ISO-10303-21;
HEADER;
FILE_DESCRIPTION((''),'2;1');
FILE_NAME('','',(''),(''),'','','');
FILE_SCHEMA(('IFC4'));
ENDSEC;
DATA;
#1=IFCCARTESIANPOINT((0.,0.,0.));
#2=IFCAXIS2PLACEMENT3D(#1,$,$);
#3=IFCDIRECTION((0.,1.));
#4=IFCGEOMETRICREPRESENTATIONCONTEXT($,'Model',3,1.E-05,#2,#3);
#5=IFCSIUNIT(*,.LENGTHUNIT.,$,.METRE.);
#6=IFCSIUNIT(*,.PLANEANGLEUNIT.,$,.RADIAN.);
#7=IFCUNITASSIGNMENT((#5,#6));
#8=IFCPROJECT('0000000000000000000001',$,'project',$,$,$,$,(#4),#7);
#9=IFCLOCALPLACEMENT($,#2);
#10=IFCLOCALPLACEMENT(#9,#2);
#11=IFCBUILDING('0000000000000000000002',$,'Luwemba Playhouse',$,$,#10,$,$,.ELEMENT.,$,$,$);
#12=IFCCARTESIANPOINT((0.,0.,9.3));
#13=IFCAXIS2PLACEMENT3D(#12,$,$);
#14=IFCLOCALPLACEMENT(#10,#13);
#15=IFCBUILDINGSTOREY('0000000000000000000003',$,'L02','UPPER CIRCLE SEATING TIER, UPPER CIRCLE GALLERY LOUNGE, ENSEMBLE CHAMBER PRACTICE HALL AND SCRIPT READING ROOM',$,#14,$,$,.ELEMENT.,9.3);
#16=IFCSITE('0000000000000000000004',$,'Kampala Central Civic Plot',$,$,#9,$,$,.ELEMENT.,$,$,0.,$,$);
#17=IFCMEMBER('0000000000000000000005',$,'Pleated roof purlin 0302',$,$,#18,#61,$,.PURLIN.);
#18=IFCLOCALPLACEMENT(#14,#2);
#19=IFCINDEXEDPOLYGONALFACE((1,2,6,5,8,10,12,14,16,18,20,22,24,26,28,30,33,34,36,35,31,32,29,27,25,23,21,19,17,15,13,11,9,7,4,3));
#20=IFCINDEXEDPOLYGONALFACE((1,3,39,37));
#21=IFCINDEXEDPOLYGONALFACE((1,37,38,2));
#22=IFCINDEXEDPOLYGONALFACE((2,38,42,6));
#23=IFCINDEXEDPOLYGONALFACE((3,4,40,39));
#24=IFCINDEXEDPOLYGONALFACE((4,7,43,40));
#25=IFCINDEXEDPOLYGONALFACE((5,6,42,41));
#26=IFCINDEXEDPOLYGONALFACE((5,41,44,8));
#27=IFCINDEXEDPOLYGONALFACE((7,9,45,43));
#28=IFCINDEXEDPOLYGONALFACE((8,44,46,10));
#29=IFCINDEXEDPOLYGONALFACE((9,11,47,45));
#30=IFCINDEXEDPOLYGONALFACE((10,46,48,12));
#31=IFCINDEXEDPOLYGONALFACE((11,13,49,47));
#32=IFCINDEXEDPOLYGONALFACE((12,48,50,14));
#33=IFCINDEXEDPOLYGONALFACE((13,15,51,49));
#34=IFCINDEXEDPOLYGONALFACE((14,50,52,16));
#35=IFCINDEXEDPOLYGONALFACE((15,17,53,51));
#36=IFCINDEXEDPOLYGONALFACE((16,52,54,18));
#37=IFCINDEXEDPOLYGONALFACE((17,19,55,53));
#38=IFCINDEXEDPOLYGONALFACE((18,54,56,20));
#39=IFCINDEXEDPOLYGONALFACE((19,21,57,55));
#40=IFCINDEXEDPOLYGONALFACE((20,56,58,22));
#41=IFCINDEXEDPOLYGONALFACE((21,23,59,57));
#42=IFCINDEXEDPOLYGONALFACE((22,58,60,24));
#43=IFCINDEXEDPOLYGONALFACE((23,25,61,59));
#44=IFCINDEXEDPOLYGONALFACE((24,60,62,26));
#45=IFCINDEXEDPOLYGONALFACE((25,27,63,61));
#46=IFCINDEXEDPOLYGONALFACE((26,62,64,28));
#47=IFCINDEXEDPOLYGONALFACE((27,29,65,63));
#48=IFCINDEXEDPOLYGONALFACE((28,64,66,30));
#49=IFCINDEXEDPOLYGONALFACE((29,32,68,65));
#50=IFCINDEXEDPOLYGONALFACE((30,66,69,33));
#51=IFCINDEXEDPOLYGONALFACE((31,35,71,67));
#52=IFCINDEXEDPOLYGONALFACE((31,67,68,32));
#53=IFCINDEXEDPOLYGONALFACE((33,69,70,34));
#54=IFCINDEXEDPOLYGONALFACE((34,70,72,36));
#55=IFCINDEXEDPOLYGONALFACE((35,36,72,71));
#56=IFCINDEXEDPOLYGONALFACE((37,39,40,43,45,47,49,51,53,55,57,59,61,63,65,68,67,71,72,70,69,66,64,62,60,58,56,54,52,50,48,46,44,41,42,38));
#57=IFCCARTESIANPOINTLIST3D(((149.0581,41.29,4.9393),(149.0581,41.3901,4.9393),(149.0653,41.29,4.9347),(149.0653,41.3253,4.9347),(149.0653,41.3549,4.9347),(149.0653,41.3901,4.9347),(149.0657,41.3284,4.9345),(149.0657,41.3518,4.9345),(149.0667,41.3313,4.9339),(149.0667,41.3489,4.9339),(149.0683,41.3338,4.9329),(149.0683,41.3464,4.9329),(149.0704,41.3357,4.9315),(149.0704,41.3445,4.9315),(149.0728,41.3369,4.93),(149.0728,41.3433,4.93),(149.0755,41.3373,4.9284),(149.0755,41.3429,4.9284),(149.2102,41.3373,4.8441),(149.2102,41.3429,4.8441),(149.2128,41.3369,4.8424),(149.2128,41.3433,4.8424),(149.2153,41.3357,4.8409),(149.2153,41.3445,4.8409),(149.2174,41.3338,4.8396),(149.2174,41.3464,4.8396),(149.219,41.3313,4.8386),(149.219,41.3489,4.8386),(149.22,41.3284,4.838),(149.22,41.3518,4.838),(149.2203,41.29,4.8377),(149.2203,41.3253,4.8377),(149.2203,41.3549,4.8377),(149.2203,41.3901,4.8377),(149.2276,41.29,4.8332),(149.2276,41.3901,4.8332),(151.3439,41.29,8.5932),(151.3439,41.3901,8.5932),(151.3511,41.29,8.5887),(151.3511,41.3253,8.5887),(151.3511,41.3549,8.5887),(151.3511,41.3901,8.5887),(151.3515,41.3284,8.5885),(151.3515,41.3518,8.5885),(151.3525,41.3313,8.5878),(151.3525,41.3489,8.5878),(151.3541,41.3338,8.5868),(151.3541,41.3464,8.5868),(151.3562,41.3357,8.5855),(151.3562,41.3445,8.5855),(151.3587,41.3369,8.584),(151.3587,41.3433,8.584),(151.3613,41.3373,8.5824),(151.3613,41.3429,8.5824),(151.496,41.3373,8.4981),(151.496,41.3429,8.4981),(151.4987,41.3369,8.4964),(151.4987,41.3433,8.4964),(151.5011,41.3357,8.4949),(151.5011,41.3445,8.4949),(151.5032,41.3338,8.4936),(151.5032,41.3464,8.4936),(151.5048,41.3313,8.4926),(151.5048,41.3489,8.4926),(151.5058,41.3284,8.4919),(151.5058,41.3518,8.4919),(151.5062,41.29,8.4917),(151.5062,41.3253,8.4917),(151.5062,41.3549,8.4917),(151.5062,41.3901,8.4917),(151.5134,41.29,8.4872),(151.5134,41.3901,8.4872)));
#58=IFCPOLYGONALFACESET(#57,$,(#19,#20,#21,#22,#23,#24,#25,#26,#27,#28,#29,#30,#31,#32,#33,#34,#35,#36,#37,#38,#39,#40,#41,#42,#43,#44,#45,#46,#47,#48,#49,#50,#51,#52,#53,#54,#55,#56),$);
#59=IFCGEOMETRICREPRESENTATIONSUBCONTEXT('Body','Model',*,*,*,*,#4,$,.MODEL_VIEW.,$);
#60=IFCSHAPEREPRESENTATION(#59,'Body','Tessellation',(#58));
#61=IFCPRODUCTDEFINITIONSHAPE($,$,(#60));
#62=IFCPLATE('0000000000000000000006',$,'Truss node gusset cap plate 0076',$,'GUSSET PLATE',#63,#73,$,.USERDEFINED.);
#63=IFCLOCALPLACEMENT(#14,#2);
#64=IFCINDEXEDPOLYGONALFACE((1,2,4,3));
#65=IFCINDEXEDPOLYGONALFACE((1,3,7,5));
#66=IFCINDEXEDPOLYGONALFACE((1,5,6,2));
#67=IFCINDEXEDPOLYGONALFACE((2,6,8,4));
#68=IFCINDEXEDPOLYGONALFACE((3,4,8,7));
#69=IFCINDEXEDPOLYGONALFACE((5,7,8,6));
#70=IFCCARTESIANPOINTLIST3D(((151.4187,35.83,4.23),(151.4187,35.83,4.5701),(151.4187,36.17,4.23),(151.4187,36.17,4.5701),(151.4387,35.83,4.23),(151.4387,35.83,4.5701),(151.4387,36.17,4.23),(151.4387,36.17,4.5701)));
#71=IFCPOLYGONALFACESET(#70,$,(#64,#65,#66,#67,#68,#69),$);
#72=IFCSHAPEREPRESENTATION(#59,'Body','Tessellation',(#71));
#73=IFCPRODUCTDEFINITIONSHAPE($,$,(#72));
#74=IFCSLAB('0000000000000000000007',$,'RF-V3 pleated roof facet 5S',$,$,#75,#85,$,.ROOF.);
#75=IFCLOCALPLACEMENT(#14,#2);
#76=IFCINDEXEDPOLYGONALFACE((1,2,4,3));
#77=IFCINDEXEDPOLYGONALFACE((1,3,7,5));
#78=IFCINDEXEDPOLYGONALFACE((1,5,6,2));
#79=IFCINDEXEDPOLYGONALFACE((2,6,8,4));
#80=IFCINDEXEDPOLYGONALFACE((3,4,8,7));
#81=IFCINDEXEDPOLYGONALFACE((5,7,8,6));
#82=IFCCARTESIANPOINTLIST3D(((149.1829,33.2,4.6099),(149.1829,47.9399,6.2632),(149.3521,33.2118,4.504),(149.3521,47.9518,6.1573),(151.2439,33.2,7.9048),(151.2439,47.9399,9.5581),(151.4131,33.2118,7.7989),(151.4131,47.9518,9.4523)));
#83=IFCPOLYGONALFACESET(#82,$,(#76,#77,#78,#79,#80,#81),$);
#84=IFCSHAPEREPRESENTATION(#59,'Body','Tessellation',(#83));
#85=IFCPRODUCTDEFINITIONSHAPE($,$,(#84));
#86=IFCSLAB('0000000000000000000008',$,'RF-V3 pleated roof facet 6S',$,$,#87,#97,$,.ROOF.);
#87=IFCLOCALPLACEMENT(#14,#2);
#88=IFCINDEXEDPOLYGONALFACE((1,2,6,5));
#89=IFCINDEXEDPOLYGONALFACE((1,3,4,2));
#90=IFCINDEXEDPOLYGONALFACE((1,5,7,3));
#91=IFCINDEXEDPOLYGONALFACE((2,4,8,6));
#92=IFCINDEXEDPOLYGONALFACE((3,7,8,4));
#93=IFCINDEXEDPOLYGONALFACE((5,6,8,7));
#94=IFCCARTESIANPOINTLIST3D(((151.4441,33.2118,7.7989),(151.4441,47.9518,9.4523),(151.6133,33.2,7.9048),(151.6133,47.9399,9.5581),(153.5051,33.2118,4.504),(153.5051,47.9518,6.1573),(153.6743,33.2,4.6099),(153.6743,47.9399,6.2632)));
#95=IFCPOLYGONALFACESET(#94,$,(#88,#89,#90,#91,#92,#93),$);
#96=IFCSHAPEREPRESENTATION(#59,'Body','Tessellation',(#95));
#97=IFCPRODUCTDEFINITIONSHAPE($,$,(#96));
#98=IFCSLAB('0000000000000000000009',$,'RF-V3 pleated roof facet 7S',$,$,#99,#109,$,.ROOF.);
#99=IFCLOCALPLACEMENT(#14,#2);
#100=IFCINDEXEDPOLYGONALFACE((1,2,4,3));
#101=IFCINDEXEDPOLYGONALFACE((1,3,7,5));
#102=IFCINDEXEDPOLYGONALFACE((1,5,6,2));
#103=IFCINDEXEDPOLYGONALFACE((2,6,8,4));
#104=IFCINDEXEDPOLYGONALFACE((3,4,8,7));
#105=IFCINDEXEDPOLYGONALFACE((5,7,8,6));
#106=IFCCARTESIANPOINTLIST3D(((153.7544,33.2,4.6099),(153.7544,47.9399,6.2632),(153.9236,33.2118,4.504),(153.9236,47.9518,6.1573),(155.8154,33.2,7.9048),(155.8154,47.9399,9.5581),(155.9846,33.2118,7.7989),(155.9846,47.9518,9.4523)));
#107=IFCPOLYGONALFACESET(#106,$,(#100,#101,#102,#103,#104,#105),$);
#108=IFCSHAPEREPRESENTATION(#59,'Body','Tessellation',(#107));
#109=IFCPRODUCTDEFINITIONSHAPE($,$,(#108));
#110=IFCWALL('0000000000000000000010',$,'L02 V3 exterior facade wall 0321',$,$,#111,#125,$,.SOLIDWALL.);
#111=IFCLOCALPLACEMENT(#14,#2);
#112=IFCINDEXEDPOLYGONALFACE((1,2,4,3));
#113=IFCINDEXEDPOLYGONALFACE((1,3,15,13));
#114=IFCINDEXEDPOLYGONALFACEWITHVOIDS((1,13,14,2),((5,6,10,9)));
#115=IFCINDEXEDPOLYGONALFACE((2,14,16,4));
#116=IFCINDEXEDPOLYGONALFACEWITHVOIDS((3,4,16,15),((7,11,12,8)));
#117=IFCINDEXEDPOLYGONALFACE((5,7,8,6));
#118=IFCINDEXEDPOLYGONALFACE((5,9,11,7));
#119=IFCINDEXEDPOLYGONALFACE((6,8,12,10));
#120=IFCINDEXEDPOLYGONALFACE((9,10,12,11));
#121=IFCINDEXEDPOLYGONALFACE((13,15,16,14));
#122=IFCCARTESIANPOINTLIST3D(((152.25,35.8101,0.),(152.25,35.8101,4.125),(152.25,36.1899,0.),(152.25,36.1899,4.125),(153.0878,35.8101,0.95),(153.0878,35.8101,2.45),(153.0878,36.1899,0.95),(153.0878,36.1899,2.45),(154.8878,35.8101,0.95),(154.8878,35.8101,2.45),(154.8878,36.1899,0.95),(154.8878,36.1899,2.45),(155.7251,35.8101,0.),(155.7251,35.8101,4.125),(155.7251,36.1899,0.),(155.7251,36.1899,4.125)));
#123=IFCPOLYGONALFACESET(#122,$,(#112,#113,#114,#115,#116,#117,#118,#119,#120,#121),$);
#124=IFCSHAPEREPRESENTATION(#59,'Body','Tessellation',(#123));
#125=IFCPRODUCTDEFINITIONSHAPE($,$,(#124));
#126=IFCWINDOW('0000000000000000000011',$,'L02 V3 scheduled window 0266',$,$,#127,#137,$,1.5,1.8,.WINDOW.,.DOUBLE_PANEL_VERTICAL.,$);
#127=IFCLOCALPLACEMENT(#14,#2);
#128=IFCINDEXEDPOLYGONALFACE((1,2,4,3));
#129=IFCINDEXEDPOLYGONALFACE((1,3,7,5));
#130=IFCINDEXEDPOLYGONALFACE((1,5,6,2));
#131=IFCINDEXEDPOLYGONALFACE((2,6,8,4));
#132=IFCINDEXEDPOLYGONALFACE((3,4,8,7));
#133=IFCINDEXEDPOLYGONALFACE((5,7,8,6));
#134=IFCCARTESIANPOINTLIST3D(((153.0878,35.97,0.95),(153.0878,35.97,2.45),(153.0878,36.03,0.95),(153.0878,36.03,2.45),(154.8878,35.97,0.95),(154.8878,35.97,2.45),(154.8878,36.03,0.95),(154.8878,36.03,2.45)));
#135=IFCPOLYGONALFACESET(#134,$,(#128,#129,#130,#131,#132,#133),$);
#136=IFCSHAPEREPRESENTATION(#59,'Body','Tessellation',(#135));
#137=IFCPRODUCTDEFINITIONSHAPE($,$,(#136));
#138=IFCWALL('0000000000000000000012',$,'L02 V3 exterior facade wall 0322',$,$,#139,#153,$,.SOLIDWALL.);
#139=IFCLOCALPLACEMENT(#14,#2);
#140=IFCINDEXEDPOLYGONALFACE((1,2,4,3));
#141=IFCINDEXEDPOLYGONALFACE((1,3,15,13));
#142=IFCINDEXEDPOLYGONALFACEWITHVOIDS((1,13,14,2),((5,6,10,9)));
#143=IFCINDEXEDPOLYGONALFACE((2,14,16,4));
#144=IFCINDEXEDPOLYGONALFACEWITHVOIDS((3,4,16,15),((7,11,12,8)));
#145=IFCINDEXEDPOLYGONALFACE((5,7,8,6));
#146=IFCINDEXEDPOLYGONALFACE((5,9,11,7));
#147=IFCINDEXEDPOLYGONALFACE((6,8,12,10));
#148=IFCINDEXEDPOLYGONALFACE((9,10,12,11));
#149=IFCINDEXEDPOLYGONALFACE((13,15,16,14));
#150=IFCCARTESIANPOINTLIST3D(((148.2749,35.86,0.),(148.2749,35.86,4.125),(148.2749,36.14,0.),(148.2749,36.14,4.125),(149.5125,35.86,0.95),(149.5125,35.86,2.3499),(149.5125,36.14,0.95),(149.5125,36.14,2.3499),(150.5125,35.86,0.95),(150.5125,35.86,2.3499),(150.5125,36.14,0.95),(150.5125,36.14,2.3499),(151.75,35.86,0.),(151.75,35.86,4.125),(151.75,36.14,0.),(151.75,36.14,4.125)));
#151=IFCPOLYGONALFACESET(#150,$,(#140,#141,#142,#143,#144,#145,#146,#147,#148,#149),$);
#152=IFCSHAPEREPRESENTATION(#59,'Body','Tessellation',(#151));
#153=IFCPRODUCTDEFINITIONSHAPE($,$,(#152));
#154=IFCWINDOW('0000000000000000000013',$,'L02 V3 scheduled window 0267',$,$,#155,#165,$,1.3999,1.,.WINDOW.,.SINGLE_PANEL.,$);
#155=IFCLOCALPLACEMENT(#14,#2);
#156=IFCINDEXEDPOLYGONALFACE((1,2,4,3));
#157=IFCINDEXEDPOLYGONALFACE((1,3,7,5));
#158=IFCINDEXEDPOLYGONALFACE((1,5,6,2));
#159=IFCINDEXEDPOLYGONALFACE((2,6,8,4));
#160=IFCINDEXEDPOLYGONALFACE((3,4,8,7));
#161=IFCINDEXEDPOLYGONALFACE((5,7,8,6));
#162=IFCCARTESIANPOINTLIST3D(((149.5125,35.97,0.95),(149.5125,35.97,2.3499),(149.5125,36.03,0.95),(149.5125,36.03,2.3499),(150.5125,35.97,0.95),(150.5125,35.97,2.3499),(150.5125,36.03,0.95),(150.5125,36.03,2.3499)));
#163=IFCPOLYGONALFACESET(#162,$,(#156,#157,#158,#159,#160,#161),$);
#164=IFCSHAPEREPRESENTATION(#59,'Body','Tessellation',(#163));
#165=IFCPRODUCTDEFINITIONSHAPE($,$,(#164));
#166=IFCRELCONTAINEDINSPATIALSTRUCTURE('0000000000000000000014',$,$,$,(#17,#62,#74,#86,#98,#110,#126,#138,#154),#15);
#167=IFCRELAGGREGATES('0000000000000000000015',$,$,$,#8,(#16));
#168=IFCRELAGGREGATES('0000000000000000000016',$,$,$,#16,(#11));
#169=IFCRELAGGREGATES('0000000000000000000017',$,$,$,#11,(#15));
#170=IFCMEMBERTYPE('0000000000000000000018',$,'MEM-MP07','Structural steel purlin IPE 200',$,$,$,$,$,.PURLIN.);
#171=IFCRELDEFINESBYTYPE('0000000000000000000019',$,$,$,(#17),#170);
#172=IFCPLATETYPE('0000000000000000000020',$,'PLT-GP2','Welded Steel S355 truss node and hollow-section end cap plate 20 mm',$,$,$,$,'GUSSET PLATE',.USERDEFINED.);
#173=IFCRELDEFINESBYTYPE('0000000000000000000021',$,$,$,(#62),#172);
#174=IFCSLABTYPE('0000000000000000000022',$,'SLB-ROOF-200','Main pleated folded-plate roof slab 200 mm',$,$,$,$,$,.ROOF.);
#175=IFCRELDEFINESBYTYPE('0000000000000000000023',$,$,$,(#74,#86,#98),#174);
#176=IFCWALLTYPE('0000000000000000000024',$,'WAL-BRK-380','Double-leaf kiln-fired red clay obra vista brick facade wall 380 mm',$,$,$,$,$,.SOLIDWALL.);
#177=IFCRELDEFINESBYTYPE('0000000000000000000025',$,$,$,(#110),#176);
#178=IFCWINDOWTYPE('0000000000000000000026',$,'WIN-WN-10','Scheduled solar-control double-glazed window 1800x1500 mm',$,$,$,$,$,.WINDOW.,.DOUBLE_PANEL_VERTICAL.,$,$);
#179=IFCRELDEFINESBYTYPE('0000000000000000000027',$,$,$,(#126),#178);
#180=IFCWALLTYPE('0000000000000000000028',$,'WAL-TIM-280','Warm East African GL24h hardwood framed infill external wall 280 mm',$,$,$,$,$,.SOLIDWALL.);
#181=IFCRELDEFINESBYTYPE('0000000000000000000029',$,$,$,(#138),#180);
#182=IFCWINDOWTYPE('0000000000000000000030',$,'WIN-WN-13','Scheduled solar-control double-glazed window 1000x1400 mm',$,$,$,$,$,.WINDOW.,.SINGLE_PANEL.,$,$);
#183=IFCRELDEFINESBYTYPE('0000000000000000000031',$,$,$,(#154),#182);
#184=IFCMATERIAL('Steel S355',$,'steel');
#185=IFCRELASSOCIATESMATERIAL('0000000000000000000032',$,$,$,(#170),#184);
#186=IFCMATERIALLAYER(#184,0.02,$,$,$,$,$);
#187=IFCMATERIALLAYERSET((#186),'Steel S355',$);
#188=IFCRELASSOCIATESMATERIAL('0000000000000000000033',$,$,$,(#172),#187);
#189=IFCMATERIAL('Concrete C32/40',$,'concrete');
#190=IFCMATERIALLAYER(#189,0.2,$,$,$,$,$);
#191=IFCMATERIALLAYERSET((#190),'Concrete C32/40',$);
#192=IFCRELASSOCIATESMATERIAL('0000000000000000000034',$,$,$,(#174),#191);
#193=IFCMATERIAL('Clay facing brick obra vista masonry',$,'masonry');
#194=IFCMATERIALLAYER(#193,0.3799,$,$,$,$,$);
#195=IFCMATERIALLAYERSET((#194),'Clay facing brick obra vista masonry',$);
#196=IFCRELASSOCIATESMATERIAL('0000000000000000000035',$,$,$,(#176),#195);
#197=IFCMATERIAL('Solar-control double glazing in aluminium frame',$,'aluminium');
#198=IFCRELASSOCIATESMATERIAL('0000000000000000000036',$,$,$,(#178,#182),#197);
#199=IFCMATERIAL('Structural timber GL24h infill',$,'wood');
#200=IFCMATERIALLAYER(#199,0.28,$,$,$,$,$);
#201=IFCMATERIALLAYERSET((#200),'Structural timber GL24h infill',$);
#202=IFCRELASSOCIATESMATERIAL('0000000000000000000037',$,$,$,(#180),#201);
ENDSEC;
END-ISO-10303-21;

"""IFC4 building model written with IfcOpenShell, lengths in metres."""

from ifc_helpers import new_model, si_unit, direction, frame, frame_2d, origin, origin_2d, place, context, subcontext, project, spatial, polyline, rectangle, i_section, outline, extrude, material, layer, layer_set, material_profile, profile_set, type_object, element, fill, save


model = new_model("IFC4")

# Units and contexts
model_context = context("Model", 3, precision=1e-05, world=origin(), true_north=direction((0.0, 1.0)))
body_context = subcontext(model_context, "Body", "Model", "MODEL_VIEW")
ifc_project = project(units=[si_unit("LENGTHUNIT", "METRE"), si_unit("PLANEANGLEUNIT", "RADIAN")], contexts=[model_context])

# Site, building, storey
site_placement = place(None, origin())
site = spatial("IfcSite", under=ifc_project, at=site_placement, Name="Kampala Central Civic Plot", CompositionType="ELEMENT", RefElevation=0.0)
building_placement = place(site_placement, origin())
building = spatial("IfcBuilding", under=site, at=building_placement, Name="Luwemba Playhouse", CompositionType="ELEMENT")
storey_placement = place(building_placement, frame((0.0, 0.0, 9.3)))
storey = spatial("IfcBuildingStorey", under=building, at=storey_placement, Name="L02", Description="UPPER CIRCLE SEATING TIER, UPPER CIRCLE GALLERY LOUNGE, ENSEMBLE CHAMBER PRACTICE HALL AND SCRIPT READING ROOM", CompositionType="ELEMENT", Elevation=9.3)

# Shared definitions
ifc_material_1 = material(Name="Steel S355", Category="steel")

# Member
ifc_material_profile_1 = material_profile(ifc_material_1, i_section(OverallWidth=0.1001, OverallDepth=0.2, WebThickness=0.0056, FlangeThickness=0.0085, FilletRadius=0.012, at=origin_2d()))
ifc_profile_set_1 = profile_set([ifc_material_profile_1], Name="Steel S355")
member_type_1 = type_object("IfcMemberType", Name="MEM-MP07", Description="Structural steel purlin IPE 200", PredefinedType="PURLIN", material=ifc_profile_set_1)
member_1_placement = place(storey_placement, frame((149.1428, 41.3401, 4.8862), z_axis=(0.53035, 0.0, 0.847779), x_axis=(0.0, 1.0, 0.0)))
element("IfcMember", 1, at=member_1_placement, inside=storey, type_object=member_type_1, Name="Pleated roof purlin 0302", PredefinedType="PURLIN", context=body_context, shape_type="SweptSolid", body=[
    extrude(i_section(OverallWidth=0.1001, OverallDepth=0.2, WebThickness=0.0056, FlangeThickness=0.0085, FilletRadius=0.012, at=origin_2d()), origin(), (0.0, 0.0, 1.0), 4.3101),
])

# Plate
ifc_layer_1 = layer(ifc_material_1, 0.02)
ifc_layer_set_1 = layer_set([ifc_layer_1], Name="Steel S355")
plate_type = type_object("IfcPlateType", Name="PLT-GP2", Description="Welded Steel S355 truss node and hollow-section end cap plate 20 mm", ElementType="GUSSET PLATE", PredefinedType="USERDEFINED", material=ifc_layer_set_1)
plate_placement = place(storey_placement, frame((151.4287, 36.0, 4.23), z_axis=(0.0, 0.0, 1.0), x_axis=(1.0, 0.0, 0.0)))
element("IfcPlate", 2, at=plate_placement, inside=storey, type_object=plate_type, Name="Truss node gusset cap plate 0076", ObjectType="GUSSET PLATE", PredefinedType="USERDEFINED", context=body_context, shape_type="SweptSolid", body=[
    extrude(rectangle(XDim=0.02, YDim=0.3401, at=origin_2d()), origin(), (0.0, 0.0, 1.0), 0.3401),
])

# Slabs
ifc_material_2 = material(Name="Concrete C32/40", Category="concrete")
ifc_layer_2 = layer(ifc_material_2, 0.2)
ifc_layer_set_2 = layer_set([ifc_layer_2], Name="Concrete C32/40")
slab_type = type_object("IfcSlabType", Name="SLB-ROOF-200", Description="Main pleated folded-plate roof slab 200 mm", PredefinedType="ROOF", material=ifc_layer_set_2)
slab_1_placement = place(storey_placement, frame((149.1829, 33.2, 4.6099), z_axis=(-0.846305, -0.059378, 0.529379), x_axis=(0.530315, 0.0, 0.847801)))
element("IfcSlab", 3, at=slab_1_placement, inside=storey, type_object=slab_type, Name="RF-V3 pleated roof facet 5S", PredefinedType="ROOF", context=body_context, shape_type="SweptSolid", body=[
    extrude(outline(polyline([(0.0, 0.0), (3.8864, 0.0), (5.2881, 14.766), (1.4017, 14.766), (0.0, 0.0)])), origin(), (0.0, 0.0, -1.0), 0.2),
])
slab_2_placement = place(storey_placement, frame((151.6133, 33.2, 7.9048), z_axis=(0.846305, -0.059378, 0.529379), x_axis=(0.530315, 0.0, -0.847801)))
element("IfcSlab", 4, at=slab_2_placement, inside=storey, type_object=slab_type, Name="RF-V3 pleated roof facet 6S", PredefinedType="ROOF", context=body_context, shape_type="SweptSolid", body=[
    extrude(outline(polyline([(0.0, 0.0), (3.8864, 0.0), (2.4847, 14.766), (-1.4017, 14.766), (0.0, 0.0)])), origin(), (0.0, 0.0, -1.0), 0.2),
])
slab_3_placement = place(storey_placement, frame((153.7544, 33.2, 4.6099), z_axis=(-0.846305, -0.059378, 0.529379), x_axis=(0.530315, 0.0, 0.847801)))
element("IfcSlab", 5, at=slab_3_placement, inside=storey, type_object=slab_type, Name="RF-V3 pleated roof facet 7S", PredefinedType="ROOF", context=body_context, shape_type="SweptSolid", body=[
    extrude(outline(polyline([(0.0, 0.0), (3.8864, 0.0), (5.2881, 14.766), (1.4017, 14.766), (0.0, 0.0)])), origin(), (0.0, 0.0, -1.0), 0.2),
])

# Walls, openings, windows
ifc_material_3 = material(Name="Clay facing brick obra vista masonry", Category="masonry")
ifc_layer_3 = layer(ifc_material_3, 0.3799)
ifc_layer_set_3 = layer_set([ifc_layer_3], Name="Clay facing brick obra vista masonry")
wall_type_1 = type_object("IfcWallType", Name="WAL-BRK-380", Description="Double-leaf kiln-fired red clay obra vista brick facade wall 380 mm", PredefinedType="SOLIDWALL", material=ifc_layer_set_3)
wall_1_placement = place(storey_placement, frame((155.7251, 36.0, 0.0), z_axis=(0.0, 0.0, 1.0), x_axis=(-1.0, 0.0, 0.0)))
wall_1 = element("IfcWall", 6, at=wall_1_placement, inside=storey, type_object=wall_type_1, Name="L02 V3 exterior facade wall 0321", PredefinedType="SOLIDWALL", context=body_context, shape_type="SweptSolid", body=[
    extrude(rectangle(XDim=3.4751, YDim=0.3799, at=frame_2d((1.7375, 0.0))), origin(), (0.0, 0.0, 1.0), 4.125),
])
opening_1_placement = place(wall_1_placement, frame((0.8374, 0.0, 0.95)))
opening_1 = element("IfcOpeningElement", 7, at=opening_1_placement, cuts=wall_1, PredefinedType="OPENING", context=body_context, shape_type="SweptSolid", body=[
    extrude(rectangle(XDim=1.8, YDim=1.5, at=frame_2d((0.8999, 0.75))), frame((0.0, 0.2, 0.0), z_axis=(0.0, -1.0, 0.0), x_axis=(1.0, 0.0, 0.0)), (0.0, 0.0, 1.0), 0.3999),
])
ifc_material_4 = material(Name="Solar-control double glazing in aluminium frame", Category="aluminium")
window_type_1 = type_object("IfcWindowType", Name="WIN-WN-10", Description="Scheduled solar-control double-glazed window 1800x1500 mm", PartitioningType="DOUBLE_PANEL_VERTICAL", PredefinedType="WINDOW", material=ifc_material_4)
window_1_placement = place(opening_1_placement, origin())
window_1 = element("IfcWindow", 8, at=window_1_placement, inside=storey, type_object=window_type_1, Name="L02 V3 scheduled window 0266", OverallHeight=1.5, OverallWidth=1.8, PartitioningType="DOUBLE_PANEL_VERTICAL", PredefinedType="WINDOW", context=body_context, shape_type="SweptSolid", body=[
    extrude(rectangle(XDim=1.8, YDim=1.5, at=frame_2d((0.8999, 0.75))), frame((0.0, 0.03, 0.0), z_axis=(0.0, -1.0, 0.0), x_axis=(1.0, 0.0, 0.0)), (0.0, 0.0, 1.0), 0.0601),
])
fill(opening_1, window_1)
ifc_material_5 = material(Name="Structural timber GL24h infill", Category="wood")
ifc_layer_4 = layer(ifc_material_5, 0.28)
ifc_layer_set_4 = layer_set([ifc_layer_4], Name="Structural timber GL24h infill")
wall_type_2 = type_object("IfcWallType", Name="WAL-TIM-280", Description="Warm East African GL24h hardwood framed infill external wall 280 mm", PredefinedType="SOLIDWALL", material=ifc_layer_set_4)
wall_2_placement = place(storey_placement, frame((151.75, 36.0, 0.0), z_axis=(0.0, 0.0, 1.0), x_axis=(-1.0, 0.0, 0.0)))
wall_2 = element("IfcWall", 9, at=wall_2_placement, inside=storey, type_object=wall_type_2, Name="L02 V3 exterior facade wall 0322", PredefinedType="SOLIDWALL", context=body_context, shape_type="SweptSolid", body=[
    extrude(rectangle(XDim=3.4751, YDim=0.28, at=frame_2d((1.7375, 0.0))), origin(), (0.0, 0.0, 1.0), 4.125),
])
opening_2_placement = place(wall_2_placement, frame((1.2375, 0.0, 0.95)))
opening_2 = element("IfcOpeningElement", 10, at=opening_2_placement, cuts=wall_2, PredefinedType="OPENING", context=body_context, shape_type="SweptSolid", body=[
    extrude(rectangle(XDim=1.0, YDim=1.3999, at=frame_2d((0.5, 0.7))), frame((0.0, 0.1499, 0.0), z_axis=(0.0, -1.0, 0.0), x_axis=(1.0, 0.0, 0.0)), (0.0, 0.0, 1.0), 0.3),
])
window_type_2 = type_object("IfcWindowType", Name="WIN-WN-13", Description="Scheduled solar-control double-glazed window 1000x1400 mm", PartitioningType="SINGLE_PANEL", PredefinedType="WINDOW", material=ifc_material_4)
window_2_placement = place(opening_2_placement, origin())
window_2 = element("IfcWindow", 11, at=window_2_placement, inside=storey, type_object=window_type_2, Name="L02 V3 scheduled window 0267", OverallHeight=1.3999, OverallWidth=1.0, PartitioningType="SINGLE_PANEL", PredefinedType="WINDOW", context=body_context, shape_type="SweptSolid", body=[
    extrude(rectangle(XDim=1.0, YDim=1.3999, at=frame_2d((0.5, 0.7))), frame((0.0, 0.03, 0.0), z_axis=(0.0, -1.0, 0.0), x_axis=(1.0, 0.0, 0.0)), (0.0, 0.0, 1.0), 0.0601),
])
fill(opening_2, window_2)

save(model, "model.ifc")
